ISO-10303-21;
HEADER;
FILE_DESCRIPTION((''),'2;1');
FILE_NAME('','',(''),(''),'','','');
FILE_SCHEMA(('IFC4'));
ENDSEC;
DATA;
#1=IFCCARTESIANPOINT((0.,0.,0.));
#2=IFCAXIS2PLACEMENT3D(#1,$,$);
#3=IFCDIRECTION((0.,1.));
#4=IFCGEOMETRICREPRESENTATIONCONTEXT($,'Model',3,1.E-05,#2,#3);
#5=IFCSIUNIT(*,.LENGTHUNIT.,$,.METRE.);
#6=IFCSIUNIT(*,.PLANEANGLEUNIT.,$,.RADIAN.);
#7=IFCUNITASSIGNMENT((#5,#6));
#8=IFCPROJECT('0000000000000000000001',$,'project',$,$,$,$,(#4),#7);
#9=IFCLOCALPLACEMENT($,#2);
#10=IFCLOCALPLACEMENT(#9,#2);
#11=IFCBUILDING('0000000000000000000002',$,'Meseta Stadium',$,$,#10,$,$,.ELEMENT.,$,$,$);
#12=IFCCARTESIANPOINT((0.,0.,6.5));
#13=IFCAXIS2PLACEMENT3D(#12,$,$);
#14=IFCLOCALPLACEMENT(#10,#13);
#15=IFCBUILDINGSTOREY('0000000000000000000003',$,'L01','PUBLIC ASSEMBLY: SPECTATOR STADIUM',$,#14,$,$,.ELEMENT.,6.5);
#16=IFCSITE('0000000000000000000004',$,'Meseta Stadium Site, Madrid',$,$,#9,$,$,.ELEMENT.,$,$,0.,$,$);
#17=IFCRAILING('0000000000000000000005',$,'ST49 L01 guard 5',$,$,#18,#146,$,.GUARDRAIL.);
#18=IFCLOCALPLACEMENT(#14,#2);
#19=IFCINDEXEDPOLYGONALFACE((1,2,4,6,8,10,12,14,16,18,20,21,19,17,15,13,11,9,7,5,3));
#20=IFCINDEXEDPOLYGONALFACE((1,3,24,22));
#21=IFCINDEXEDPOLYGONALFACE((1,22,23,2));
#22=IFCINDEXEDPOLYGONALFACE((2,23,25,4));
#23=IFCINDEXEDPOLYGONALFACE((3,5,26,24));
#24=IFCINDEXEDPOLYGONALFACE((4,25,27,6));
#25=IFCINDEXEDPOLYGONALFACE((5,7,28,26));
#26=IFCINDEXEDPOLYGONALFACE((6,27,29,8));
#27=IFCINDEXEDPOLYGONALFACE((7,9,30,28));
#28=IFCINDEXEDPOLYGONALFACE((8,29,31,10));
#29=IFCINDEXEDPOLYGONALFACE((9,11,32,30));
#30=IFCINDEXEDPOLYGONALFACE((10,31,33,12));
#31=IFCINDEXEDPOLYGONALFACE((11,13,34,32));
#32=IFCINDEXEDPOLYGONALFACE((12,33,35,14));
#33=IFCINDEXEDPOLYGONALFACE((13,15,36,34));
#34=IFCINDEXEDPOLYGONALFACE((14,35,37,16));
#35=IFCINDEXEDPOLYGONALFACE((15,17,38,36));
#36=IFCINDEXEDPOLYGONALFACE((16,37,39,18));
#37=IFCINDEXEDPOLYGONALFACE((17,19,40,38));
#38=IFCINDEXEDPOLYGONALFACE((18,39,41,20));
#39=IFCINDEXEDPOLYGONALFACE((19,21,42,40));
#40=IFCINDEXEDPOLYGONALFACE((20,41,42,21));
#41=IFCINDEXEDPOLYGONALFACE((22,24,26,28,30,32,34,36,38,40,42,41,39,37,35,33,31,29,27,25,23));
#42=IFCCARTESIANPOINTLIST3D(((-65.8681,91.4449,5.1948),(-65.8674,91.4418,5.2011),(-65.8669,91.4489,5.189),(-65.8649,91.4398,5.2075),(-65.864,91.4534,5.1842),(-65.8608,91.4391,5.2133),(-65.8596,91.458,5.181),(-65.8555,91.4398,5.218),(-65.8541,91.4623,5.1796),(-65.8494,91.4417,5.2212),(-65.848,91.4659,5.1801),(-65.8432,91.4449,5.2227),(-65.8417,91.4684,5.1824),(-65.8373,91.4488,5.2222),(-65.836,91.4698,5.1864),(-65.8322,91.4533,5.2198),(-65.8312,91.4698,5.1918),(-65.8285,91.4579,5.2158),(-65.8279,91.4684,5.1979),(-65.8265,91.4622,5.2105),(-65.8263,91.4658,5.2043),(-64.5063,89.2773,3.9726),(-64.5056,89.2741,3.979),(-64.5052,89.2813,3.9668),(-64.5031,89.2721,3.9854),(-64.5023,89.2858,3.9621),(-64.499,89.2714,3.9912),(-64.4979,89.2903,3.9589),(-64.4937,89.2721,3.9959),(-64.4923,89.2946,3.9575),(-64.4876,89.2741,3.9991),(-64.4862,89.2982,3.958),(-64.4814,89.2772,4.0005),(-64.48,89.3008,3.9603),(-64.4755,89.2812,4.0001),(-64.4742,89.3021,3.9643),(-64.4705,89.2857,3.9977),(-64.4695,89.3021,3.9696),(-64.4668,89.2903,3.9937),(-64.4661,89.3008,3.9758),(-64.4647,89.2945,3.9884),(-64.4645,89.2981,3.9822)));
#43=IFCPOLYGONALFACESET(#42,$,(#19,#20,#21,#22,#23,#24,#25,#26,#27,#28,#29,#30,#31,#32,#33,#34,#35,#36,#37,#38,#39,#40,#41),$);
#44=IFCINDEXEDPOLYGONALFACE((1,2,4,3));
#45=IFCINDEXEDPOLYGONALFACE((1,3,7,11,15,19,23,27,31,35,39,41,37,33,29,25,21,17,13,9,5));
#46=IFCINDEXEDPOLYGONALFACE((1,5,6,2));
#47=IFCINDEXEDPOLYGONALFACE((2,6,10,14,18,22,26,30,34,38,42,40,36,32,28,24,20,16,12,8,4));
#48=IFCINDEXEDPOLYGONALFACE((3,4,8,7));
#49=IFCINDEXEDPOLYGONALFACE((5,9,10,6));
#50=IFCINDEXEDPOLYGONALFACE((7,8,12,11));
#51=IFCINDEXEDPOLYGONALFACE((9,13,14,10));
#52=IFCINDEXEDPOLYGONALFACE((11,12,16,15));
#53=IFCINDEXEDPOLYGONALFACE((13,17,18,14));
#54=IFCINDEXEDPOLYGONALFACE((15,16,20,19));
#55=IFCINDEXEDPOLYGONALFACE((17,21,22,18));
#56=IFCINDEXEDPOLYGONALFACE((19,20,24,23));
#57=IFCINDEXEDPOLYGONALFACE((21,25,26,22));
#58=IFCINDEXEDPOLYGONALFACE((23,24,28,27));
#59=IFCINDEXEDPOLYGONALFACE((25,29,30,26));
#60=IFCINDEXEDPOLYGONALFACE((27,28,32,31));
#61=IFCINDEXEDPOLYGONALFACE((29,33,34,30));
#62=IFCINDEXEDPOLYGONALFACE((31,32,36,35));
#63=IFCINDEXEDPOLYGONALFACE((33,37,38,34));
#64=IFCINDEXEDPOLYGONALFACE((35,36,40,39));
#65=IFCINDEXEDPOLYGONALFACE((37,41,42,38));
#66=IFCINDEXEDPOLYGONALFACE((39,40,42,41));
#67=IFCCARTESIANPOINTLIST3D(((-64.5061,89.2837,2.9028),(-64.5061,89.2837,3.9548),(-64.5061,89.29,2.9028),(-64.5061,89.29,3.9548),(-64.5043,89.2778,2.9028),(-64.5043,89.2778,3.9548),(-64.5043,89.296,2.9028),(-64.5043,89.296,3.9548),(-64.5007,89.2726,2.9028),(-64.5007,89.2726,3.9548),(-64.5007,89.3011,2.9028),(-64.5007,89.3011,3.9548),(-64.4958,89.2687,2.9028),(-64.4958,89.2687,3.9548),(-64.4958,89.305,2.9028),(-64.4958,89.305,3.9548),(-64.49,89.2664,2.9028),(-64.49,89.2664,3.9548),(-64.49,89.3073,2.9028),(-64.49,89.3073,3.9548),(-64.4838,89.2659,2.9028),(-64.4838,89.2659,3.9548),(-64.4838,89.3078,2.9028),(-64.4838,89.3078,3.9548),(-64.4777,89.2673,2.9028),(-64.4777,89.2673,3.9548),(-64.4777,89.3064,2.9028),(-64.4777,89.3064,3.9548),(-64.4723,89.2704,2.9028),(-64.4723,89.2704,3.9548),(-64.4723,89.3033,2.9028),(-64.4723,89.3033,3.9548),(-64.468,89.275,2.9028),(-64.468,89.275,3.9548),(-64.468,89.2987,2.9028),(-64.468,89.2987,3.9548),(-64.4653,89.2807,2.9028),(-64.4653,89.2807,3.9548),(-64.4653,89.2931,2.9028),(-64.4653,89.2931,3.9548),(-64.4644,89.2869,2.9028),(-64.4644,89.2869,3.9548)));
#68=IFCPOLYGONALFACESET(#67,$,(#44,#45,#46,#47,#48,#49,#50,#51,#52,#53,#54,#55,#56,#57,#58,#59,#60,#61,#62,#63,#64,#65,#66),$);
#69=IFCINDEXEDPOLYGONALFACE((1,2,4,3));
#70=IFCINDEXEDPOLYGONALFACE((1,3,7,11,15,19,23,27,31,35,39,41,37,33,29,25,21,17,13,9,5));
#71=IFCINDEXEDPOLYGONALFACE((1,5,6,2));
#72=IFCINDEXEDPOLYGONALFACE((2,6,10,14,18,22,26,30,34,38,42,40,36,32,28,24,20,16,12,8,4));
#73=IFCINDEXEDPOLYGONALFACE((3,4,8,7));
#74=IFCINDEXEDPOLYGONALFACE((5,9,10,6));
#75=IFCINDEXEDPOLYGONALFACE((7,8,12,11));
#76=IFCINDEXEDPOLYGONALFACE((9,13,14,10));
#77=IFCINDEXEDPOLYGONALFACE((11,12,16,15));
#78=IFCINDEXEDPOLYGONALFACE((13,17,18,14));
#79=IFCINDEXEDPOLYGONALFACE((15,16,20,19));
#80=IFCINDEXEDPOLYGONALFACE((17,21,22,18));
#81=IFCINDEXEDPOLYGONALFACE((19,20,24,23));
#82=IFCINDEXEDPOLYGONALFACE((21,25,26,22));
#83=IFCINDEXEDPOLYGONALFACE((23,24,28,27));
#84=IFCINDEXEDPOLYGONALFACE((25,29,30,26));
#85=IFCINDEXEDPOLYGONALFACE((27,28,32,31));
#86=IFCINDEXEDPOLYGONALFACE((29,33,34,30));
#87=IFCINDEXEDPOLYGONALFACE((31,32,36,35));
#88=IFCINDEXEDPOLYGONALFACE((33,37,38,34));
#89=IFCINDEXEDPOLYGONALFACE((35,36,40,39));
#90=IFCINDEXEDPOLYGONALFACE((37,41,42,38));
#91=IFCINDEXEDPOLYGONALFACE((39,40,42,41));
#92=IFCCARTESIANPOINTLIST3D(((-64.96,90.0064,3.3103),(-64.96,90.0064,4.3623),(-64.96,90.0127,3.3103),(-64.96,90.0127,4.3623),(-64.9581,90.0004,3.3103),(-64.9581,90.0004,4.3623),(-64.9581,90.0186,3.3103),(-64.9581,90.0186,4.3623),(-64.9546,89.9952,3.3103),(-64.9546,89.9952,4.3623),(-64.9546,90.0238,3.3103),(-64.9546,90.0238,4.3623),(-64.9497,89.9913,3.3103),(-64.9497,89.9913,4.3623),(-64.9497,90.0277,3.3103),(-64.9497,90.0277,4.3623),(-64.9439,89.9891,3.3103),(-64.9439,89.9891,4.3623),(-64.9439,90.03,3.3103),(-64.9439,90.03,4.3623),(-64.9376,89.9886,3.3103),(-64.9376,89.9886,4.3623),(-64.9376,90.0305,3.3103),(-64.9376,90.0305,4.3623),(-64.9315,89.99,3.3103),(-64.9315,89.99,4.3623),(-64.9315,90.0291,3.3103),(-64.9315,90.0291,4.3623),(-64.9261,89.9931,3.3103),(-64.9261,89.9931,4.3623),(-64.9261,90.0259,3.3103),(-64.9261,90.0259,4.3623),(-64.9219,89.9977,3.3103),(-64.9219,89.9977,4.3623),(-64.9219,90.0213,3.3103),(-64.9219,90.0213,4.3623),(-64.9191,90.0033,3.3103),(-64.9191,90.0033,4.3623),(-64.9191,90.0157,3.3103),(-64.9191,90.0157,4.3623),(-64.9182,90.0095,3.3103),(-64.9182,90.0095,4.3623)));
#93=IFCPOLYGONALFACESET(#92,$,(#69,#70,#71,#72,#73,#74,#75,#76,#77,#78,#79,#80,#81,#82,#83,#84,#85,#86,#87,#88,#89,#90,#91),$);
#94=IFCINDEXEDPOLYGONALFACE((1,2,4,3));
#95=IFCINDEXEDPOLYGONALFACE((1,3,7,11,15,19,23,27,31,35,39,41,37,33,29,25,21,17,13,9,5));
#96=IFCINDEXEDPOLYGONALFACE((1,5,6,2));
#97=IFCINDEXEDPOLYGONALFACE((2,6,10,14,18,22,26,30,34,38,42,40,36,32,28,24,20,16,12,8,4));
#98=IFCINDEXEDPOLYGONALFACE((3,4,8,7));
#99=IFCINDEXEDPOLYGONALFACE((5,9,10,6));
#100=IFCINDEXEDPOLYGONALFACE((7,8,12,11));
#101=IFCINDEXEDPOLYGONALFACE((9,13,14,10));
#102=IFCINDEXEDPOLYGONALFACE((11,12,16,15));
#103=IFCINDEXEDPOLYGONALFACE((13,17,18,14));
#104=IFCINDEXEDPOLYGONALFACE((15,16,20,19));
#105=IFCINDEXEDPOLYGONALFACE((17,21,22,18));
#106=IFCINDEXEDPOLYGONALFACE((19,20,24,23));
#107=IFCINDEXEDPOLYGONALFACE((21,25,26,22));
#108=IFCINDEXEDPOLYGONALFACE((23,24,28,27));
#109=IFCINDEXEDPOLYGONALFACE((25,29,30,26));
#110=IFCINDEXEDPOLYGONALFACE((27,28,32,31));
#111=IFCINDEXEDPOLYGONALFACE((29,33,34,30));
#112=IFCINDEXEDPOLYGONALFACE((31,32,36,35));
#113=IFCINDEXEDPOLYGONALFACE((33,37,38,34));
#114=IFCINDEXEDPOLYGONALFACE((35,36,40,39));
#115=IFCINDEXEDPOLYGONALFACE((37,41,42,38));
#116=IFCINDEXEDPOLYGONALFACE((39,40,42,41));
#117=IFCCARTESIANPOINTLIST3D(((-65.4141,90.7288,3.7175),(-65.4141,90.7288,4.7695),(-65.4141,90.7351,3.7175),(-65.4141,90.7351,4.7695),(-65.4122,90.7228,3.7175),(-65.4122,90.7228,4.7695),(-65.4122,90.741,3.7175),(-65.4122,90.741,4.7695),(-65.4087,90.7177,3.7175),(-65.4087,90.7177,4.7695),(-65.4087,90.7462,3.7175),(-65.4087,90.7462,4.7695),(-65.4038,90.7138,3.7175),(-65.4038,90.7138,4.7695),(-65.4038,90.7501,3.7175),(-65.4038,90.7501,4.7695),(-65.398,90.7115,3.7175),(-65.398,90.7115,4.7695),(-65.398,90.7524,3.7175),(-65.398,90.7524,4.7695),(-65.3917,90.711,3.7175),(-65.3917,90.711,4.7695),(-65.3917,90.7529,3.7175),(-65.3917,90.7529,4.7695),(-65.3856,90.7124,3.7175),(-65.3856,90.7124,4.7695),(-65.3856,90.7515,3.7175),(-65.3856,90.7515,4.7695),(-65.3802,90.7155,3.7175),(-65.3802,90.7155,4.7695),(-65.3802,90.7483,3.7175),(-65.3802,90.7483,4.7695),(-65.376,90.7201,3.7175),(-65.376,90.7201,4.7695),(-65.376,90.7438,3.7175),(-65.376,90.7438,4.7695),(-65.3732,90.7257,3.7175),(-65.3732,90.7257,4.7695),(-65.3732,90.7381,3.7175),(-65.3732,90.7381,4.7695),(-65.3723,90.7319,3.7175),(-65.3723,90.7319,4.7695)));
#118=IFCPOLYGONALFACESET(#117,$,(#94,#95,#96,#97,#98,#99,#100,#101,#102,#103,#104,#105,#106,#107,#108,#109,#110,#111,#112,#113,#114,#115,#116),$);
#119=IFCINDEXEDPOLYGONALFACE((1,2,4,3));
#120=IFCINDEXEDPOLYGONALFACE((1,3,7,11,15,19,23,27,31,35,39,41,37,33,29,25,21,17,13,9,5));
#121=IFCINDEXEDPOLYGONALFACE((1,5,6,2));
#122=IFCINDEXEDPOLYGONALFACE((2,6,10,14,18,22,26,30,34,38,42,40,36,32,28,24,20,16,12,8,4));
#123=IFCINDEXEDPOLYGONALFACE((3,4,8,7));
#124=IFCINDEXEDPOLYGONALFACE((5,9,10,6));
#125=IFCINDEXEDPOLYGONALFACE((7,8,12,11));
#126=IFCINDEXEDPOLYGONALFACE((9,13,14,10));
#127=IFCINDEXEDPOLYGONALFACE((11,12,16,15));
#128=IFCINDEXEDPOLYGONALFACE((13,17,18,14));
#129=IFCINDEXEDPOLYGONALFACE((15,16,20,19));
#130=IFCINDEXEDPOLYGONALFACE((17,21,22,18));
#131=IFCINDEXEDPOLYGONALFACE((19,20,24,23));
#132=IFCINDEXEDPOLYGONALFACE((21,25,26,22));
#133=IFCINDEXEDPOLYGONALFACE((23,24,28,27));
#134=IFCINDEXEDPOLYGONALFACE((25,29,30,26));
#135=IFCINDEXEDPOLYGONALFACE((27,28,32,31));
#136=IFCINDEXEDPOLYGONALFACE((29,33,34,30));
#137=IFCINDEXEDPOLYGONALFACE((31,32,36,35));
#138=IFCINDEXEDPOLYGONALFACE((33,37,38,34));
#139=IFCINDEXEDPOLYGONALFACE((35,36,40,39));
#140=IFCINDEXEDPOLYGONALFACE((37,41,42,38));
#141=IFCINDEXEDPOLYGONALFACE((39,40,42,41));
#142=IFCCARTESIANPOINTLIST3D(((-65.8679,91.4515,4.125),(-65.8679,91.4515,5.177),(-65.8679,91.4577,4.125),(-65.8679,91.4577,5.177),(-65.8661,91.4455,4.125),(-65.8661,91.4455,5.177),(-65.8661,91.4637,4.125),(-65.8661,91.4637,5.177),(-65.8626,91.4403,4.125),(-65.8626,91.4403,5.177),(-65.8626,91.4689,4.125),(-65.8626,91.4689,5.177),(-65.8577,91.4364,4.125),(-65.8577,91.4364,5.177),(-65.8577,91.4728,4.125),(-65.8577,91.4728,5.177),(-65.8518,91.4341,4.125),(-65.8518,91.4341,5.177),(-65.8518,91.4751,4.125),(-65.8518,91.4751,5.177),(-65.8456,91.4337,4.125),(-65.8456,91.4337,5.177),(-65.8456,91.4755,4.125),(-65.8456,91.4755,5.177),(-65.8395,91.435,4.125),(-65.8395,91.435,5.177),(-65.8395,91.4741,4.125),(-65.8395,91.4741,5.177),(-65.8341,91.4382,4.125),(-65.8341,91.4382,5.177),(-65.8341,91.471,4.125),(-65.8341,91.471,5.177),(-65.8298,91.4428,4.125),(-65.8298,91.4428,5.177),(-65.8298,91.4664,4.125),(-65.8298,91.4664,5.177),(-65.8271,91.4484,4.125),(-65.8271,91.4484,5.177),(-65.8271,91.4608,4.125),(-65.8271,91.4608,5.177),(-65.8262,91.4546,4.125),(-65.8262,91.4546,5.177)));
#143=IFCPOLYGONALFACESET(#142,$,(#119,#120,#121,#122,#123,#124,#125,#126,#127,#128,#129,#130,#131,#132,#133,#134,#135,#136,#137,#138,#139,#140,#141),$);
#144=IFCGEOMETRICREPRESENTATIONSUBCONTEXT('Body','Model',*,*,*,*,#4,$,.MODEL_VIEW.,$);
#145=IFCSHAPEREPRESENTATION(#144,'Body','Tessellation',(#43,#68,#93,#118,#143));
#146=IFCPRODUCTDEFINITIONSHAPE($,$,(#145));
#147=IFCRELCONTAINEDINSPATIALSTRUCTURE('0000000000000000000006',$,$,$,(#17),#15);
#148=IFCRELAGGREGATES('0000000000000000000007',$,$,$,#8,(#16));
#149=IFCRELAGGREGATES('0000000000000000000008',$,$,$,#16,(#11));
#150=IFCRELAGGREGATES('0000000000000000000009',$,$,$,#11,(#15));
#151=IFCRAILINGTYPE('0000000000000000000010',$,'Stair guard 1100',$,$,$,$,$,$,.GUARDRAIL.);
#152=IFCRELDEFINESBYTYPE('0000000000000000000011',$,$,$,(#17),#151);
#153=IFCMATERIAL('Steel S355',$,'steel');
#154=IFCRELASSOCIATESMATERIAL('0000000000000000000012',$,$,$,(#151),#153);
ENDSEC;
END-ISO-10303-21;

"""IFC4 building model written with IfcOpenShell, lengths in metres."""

from ifc_helpers import new_model, si_unit, direction, frame, origin, origin_2d, place, context, subcontext, project, spatial, circle, extrude, material, type_object, element, save


model = new_model("IFC4")

# Units and contexts
model_context = context("Model", 3, precision=1e-05, world=origin(), true_north=direction((0.0, 1.0)))
body_context = subcontext(model_context, "Body", "Model", "MODEL_VIEW")
ifc_project = project(units=[si_unit("LENGTHUNIT", "METRE"), si_unit("PLANEANGLEUNIT", "RADIAN")], contexts=[model_context])

# Site, building, storey
site_placement = place(None, origin())
site = spatial("IfcSite", under=ifc_project, at=site_placement, Name="Meseta Stadium Site, Madrid", CompositionType="ELEMENT", RefElevation=0.0)
building_placement = place(site_placement, origin())
building = spatial("IfcBuilding", under=site, at=building_placement, Name="Meseta Stadium", CompositionType="ELEMENT")
storey_placement = place(building_placement, frame((0.0, 0.0, 6.5)))
storey = spatial("IfcBuildingStorey", under=building, at=storey_placement, Name="L01", Description="PUBLIC ASSEMBLY: SPECTATOR STADIUM", CompositionType="ELEMENT", Elevation=6.5)

# Railing
ifc_material_1 = material(Name="Steel S355", Category="steel")
railing_type_1 = type_object("IfcRailingType", Name="Stair guard 1100", PredefinedType="GUARDRAIL", material=ifc_material_1)
railing_1_placement = place(storey_placement, frame((-64.4854, 89.2869, 2.9028)))
element("IfcRailing", 1, at=railing_1_placement, inside=storey, type_object=railing_type_1, Name="ST49 L01 guard 5", PredefinedType="GUARDRAIL", context=body_context, shape_type="SweptSolid", body=[
    extrude(circle(Radius=0.0239, at=origin_2d()), frame((0.0, 0.0, 1.0762), z_axis=(-0.480059, 0.764152, 0.430831), x_axis=(-0.846769, -0.531961, 0.0)), (0.0, 0.0, 1.0), 2.8367),
    extrude(circle(Radius=0.021, at=origin_2d()), origin(), (0.0, 0.0, 1.0), 1.052),
    extrude(circle(Radius=0.021, at=origin_2d()), frame((-0.4539, 0.7227, 0.4075)), (0.0, 0.0, 1.0), 1.052),
    extrude(circle(Radius=0.021, at=origin_2d()), frame((-0.908, 1.4451, 0.8147)), (0.0, 0.0, 1.0), 1.052),
    extrude(circle(Radius=0.021, at=origin_2d()), frame((-1.3618, 2.1677, 1.2222)), (0.0, 0.0, 1.0), 1.052),
])

save(model, "model.ifc")
